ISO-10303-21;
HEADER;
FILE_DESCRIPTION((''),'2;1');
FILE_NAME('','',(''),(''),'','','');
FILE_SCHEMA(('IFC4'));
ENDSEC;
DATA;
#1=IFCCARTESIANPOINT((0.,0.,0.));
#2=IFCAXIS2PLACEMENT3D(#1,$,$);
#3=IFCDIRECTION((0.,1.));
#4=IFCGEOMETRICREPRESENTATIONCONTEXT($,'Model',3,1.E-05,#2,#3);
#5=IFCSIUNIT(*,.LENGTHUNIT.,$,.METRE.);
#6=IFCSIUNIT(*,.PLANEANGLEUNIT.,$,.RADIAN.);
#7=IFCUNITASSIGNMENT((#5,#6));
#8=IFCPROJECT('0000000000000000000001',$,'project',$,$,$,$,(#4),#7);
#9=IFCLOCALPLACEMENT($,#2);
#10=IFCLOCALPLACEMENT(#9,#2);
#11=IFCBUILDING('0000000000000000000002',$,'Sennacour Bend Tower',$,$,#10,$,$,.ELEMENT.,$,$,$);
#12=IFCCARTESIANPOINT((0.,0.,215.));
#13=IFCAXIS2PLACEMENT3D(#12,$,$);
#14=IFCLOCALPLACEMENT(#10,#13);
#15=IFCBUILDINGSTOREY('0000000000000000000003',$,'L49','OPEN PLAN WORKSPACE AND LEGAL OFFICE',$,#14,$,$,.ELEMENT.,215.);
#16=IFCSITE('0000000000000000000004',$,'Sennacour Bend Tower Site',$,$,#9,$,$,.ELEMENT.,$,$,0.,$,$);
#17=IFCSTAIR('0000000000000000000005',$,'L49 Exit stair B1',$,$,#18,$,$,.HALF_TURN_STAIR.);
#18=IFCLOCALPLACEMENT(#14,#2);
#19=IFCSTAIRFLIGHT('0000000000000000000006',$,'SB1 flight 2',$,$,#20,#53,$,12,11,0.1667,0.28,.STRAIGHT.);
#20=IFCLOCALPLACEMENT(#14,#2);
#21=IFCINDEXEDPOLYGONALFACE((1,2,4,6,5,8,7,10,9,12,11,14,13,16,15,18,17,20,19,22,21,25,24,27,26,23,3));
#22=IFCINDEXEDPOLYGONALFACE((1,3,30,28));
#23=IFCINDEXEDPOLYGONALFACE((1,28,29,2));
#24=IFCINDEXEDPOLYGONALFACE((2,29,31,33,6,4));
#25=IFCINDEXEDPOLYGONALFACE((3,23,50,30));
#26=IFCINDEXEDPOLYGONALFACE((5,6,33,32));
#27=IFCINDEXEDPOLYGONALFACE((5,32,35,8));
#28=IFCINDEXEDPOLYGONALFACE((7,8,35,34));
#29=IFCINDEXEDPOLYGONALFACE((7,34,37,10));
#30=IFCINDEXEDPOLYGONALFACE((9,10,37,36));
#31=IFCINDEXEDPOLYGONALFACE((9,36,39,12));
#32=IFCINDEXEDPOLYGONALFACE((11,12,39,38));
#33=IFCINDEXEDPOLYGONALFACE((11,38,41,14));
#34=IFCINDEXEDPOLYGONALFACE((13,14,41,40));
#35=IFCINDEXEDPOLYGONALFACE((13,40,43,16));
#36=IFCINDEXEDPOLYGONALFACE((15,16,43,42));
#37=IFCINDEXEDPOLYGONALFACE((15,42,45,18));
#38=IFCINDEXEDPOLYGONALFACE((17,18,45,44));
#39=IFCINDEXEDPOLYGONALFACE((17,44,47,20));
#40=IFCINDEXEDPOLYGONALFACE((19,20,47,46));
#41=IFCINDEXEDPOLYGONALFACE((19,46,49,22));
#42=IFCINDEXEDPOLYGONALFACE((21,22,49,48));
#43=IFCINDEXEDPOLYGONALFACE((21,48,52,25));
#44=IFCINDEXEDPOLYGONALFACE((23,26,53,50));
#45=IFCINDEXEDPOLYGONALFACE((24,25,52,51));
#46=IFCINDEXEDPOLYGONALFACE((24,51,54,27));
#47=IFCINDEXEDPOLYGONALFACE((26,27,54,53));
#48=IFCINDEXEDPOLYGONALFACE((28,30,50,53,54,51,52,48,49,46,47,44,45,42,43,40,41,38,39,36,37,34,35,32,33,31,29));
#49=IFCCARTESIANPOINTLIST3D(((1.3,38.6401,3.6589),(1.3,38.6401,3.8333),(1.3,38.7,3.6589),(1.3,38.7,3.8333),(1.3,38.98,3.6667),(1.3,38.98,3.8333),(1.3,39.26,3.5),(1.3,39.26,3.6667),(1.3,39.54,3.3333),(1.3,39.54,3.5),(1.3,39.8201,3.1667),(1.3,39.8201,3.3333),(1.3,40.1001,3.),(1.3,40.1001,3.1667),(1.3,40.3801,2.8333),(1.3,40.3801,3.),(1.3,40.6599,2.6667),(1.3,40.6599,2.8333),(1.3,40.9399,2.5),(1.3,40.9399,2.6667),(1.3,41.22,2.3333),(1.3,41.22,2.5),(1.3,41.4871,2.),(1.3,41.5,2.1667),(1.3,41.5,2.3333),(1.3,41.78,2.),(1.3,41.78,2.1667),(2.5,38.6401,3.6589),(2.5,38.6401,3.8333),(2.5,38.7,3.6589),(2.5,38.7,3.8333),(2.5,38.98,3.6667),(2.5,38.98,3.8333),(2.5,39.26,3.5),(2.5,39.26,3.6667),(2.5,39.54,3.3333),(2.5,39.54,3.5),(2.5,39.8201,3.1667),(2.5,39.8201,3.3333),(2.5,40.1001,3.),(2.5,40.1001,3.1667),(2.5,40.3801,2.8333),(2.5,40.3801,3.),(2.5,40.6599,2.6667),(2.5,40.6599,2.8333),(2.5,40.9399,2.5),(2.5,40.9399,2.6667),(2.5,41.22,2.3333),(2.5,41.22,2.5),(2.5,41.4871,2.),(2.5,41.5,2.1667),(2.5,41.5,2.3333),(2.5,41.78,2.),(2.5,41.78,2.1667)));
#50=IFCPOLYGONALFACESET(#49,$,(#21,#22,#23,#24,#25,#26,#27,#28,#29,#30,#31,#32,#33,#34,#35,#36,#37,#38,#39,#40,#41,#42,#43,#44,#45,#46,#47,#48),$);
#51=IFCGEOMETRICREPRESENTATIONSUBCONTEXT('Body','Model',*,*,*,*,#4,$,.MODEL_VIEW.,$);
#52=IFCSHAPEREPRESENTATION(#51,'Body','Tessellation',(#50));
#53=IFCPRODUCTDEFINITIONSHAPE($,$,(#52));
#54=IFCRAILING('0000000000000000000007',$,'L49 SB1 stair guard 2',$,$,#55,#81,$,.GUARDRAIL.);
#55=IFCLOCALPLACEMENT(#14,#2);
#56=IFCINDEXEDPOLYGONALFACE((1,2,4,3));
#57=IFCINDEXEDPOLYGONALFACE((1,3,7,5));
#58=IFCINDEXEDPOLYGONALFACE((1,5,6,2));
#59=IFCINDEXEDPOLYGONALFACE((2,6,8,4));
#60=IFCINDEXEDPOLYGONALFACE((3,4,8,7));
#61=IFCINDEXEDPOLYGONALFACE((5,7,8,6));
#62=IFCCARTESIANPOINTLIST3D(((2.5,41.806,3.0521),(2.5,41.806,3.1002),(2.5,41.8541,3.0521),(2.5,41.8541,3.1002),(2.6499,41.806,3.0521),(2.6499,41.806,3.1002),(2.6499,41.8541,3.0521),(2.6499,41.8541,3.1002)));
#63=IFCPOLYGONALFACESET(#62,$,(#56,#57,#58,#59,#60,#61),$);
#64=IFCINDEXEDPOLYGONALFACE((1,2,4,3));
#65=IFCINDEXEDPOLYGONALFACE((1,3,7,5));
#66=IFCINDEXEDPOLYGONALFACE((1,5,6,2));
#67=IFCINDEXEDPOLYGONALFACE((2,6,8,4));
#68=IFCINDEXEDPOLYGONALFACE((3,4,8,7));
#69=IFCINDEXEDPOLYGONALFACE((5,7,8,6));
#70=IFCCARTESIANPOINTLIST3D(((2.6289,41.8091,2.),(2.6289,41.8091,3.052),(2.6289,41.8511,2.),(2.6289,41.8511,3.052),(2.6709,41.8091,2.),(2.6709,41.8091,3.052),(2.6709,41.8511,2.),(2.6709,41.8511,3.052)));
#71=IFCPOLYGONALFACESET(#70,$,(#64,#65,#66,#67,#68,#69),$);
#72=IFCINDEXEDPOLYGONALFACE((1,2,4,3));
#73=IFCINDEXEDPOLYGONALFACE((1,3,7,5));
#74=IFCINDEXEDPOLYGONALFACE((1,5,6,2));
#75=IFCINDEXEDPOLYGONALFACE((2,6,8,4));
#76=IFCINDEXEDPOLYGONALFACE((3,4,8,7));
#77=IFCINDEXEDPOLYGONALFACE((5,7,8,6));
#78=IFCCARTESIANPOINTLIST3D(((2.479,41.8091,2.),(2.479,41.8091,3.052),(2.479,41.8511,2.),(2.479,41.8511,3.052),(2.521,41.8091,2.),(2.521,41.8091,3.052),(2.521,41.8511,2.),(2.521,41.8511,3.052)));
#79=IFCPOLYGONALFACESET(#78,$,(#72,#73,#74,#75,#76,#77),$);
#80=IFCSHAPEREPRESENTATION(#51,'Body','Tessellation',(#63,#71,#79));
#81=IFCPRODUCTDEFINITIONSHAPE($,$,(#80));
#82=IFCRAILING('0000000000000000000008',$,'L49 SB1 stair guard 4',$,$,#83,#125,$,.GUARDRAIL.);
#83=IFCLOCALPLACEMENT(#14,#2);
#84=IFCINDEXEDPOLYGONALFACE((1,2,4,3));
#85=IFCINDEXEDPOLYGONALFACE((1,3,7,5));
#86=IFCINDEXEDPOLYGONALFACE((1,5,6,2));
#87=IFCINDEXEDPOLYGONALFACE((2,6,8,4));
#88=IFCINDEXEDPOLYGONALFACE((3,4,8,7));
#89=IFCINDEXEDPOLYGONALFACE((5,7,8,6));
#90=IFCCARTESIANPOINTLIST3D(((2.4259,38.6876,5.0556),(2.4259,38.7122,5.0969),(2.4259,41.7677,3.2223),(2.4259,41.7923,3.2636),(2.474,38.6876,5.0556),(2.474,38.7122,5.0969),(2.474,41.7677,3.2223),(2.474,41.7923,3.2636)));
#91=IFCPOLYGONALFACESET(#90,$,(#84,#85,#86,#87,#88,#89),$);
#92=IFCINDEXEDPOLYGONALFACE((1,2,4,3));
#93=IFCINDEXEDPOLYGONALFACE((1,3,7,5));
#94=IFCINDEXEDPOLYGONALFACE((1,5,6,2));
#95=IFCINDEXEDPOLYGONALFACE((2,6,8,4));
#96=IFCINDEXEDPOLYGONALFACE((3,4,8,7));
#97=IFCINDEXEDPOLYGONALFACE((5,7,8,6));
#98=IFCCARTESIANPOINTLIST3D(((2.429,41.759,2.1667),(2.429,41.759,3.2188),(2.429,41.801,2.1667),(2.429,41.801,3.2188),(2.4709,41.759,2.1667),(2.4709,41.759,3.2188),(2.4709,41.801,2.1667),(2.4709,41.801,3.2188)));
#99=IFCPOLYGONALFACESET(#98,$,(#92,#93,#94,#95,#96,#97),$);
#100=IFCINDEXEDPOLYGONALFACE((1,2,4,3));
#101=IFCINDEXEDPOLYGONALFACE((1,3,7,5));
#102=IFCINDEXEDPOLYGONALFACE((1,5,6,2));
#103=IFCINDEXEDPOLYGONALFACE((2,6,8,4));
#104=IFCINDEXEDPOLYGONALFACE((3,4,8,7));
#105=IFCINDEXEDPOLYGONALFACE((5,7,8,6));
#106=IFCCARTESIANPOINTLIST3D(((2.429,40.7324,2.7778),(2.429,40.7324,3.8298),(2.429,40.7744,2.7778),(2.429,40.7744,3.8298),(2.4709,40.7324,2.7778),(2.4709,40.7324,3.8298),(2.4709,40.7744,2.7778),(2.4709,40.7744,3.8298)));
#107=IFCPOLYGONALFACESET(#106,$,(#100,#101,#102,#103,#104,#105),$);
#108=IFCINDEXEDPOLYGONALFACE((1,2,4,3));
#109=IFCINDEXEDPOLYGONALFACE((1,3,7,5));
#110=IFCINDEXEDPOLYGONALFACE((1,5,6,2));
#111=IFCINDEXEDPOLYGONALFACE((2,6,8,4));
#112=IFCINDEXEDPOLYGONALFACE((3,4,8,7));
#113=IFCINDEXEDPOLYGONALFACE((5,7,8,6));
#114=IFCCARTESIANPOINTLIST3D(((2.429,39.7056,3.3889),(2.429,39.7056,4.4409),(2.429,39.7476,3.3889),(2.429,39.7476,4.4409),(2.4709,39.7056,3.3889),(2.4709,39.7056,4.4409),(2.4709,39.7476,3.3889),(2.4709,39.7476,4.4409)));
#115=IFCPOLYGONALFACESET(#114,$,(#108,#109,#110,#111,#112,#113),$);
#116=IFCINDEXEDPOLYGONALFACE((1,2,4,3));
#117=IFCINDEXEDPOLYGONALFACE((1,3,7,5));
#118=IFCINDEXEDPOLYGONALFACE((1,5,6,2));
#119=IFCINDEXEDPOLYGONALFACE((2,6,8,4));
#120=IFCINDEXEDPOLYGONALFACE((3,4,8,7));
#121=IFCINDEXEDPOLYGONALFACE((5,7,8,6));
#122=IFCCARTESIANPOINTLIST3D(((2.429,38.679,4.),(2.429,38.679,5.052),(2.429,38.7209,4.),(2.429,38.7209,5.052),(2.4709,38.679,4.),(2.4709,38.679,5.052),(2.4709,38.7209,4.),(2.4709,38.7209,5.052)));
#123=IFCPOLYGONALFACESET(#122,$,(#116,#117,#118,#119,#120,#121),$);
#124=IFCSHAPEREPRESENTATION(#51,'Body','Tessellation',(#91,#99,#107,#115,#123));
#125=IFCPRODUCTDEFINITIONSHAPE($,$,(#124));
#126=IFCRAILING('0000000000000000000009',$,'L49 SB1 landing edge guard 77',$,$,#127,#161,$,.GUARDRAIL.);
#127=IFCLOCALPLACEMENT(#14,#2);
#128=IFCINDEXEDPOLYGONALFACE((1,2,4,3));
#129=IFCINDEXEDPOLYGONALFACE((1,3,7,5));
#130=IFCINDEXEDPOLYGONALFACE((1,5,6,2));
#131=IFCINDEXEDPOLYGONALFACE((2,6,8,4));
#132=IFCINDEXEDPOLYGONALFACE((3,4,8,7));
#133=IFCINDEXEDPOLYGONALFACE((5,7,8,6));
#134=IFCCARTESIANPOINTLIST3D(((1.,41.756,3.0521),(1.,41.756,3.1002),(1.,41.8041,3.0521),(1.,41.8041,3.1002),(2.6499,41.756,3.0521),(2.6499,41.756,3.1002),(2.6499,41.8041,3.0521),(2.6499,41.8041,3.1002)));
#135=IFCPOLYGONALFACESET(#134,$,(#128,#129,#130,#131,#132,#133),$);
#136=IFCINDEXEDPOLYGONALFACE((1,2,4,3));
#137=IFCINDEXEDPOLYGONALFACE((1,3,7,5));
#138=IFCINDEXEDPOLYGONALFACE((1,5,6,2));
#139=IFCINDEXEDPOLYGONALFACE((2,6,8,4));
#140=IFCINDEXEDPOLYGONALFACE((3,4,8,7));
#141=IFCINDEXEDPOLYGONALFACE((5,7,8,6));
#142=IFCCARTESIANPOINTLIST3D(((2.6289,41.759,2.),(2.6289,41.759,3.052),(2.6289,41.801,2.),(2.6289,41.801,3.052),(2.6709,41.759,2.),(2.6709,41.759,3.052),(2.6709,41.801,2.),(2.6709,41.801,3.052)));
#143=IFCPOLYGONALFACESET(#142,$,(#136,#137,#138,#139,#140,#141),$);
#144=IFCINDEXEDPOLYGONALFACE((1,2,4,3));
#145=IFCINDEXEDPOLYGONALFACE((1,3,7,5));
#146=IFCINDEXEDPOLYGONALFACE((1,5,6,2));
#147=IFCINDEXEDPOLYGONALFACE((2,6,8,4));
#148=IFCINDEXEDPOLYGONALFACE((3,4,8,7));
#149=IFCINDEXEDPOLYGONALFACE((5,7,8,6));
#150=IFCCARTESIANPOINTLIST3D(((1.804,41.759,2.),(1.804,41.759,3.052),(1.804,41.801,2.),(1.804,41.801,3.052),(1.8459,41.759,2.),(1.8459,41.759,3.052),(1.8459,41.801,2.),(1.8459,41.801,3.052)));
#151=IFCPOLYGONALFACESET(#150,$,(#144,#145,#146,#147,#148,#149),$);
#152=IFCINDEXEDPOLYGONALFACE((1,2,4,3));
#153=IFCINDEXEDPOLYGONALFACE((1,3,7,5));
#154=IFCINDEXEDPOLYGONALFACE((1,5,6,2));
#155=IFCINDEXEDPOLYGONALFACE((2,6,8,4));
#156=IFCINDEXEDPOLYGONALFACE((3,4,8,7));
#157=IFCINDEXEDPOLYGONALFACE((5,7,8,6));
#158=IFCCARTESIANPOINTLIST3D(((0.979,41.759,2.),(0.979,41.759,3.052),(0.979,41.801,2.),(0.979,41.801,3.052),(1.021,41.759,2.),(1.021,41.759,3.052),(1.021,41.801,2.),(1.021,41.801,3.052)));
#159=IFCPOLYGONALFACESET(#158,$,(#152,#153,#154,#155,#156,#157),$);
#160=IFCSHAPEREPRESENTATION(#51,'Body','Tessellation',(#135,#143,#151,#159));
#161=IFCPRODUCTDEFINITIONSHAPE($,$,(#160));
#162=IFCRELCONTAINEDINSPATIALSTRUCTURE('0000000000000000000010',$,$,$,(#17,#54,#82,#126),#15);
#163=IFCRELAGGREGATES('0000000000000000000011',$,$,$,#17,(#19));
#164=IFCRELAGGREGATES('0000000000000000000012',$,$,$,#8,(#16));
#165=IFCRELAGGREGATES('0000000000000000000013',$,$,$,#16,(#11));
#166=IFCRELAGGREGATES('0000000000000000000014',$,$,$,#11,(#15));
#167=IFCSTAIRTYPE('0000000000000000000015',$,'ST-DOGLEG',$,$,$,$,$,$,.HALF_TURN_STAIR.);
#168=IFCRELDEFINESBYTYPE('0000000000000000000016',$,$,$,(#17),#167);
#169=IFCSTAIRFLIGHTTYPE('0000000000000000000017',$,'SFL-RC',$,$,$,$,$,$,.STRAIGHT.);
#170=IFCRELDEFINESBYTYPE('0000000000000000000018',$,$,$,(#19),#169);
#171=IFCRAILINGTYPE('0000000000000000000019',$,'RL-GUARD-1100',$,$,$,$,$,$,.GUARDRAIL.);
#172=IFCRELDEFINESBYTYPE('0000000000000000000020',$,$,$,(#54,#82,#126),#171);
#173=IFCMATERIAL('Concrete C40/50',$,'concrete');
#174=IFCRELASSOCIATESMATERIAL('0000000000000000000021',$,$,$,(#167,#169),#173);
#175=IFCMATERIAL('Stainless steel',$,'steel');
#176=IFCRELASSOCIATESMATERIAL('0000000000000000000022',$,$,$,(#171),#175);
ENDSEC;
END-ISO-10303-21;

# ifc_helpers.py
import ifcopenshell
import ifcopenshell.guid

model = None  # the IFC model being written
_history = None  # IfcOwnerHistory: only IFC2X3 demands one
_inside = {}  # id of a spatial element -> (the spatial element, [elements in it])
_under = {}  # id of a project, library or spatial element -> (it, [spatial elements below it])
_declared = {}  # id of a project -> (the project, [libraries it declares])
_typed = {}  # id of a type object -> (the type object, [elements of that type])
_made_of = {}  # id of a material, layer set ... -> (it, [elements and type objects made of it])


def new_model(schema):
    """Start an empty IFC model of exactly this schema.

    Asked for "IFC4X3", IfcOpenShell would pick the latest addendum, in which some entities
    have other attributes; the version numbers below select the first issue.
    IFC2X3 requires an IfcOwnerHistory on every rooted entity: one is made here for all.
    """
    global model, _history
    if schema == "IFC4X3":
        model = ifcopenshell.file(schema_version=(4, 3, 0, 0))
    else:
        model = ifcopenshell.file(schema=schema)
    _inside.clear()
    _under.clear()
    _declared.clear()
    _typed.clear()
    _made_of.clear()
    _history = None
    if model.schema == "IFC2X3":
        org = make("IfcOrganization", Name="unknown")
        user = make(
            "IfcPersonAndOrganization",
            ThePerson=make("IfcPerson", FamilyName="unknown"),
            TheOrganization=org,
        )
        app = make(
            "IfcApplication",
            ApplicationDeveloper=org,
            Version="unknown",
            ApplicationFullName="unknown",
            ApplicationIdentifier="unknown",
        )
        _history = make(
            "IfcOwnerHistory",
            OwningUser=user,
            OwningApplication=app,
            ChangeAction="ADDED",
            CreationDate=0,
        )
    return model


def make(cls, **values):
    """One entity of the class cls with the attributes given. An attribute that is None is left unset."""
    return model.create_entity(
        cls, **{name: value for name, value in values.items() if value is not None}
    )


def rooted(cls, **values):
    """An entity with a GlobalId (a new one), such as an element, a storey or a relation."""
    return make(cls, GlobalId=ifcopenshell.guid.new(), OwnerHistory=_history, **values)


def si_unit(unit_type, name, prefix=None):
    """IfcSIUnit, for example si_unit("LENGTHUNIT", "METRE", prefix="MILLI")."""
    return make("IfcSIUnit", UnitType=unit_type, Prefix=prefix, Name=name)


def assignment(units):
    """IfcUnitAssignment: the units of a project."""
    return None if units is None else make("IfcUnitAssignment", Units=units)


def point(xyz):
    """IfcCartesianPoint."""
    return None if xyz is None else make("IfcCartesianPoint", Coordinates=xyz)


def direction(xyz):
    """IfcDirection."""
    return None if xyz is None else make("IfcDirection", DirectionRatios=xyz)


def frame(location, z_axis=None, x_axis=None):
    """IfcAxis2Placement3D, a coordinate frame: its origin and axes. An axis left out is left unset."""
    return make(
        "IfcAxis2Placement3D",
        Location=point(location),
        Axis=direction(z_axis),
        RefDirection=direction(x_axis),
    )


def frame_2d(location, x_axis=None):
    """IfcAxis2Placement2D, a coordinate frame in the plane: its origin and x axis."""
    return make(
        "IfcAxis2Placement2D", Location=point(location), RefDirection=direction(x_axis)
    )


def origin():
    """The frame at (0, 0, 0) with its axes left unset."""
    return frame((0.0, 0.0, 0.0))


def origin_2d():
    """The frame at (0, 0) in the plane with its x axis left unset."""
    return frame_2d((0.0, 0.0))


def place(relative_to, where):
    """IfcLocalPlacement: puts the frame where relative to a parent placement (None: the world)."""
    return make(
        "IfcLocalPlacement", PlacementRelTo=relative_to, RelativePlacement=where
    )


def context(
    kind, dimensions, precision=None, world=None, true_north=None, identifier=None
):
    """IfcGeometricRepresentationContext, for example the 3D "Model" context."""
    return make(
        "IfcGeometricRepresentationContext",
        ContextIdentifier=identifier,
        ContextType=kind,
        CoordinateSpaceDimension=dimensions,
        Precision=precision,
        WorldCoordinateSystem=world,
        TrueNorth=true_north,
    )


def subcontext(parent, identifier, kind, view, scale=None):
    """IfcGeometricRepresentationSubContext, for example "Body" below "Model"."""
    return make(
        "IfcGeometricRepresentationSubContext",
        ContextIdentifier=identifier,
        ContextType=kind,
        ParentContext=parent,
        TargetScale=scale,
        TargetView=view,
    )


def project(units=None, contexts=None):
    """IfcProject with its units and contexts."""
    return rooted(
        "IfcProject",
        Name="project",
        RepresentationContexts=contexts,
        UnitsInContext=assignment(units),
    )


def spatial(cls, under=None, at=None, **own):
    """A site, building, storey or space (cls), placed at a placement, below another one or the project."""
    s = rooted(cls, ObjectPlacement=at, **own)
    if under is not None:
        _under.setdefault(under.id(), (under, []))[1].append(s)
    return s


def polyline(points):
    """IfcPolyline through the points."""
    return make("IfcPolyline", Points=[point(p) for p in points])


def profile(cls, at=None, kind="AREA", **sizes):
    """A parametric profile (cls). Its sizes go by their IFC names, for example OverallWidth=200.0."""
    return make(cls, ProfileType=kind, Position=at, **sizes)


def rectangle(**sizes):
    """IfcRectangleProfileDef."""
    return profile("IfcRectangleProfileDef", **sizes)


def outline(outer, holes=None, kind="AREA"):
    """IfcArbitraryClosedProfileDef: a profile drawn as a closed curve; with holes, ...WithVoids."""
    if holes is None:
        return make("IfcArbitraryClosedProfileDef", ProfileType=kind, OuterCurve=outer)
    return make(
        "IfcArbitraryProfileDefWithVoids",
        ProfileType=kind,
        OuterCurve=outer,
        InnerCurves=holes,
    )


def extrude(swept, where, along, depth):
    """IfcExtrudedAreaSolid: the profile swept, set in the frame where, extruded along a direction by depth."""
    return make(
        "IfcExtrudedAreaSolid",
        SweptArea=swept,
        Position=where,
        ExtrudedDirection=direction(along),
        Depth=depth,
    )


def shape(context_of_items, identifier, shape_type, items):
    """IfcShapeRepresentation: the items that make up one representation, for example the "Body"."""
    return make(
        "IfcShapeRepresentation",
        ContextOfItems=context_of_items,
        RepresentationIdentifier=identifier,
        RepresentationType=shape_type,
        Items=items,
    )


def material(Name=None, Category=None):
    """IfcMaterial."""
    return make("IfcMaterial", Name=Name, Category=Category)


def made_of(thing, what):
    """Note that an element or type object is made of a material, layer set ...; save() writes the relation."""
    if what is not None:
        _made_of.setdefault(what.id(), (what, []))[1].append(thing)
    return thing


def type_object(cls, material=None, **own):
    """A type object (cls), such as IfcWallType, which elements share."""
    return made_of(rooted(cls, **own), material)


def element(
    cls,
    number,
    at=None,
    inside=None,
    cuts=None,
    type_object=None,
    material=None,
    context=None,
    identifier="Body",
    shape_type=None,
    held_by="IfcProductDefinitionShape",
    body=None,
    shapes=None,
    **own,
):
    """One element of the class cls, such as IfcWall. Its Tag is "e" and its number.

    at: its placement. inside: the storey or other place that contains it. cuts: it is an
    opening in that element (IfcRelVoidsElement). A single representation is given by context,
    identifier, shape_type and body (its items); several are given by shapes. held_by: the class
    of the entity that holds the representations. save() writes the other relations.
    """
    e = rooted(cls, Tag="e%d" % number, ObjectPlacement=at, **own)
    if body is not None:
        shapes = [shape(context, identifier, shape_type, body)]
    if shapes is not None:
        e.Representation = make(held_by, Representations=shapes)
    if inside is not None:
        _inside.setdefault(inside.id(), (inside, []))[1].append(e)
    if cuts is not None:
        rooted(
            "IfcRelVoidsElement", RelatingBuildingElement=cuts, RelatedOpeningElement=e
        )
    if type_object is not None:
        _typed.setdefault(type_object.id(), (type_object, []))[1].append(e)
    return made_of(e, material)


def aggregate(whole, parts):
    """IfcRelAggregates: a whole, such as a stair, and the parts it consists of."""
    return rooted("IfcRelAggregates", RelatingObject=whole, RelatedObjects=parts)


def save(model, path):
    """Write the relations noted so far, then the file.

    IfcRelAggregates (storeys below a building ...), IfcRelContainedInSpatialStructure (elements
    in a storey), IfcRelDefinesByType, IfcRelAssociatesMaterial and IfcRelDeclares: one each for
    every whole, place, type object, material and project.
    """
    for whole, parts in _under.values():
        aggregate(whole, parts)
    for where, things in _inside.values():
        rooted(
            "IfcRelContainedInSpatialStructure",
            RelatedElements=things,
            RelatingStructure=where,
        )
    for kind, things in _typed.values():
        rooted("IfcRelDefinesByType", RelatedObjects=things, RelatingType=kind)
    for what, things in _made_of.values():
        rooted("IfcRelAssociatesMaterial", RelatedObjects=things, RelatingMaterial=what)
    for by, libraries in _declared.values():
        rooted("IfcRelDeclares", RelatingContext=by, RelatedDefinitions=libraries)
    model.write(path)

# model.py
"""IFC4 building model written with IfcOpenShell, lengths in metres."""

from ifc_helpers import new_model, si_unit, direction, frame, origin, origin_2d, place, context, subcontext, project, spatial, polyline, rectangle, outline, extrude, material, type_object, element, aggregate, save


model = new_model("IFC4")

# Units and contexts
model_context = context("Model", 3, precision=1e-05, world=origin(), true_north=direction((0.0, 1.0)))
body_context = subcontext(model_context, "Body", "Model", "MODEL_VIEW")
ifc_project = project(units=[si_unit("LENGTHUNIT", "METRE"), si_unit("PLANEANGLEUNIT", "RADIAN")], contexts=[model_context])

# Site, building, storey
site_placement = place(None, origin())
site = spatial("IfcSite", under=ifc_project, at=site_placement, Name="Sennacour Bend Tower Site", CompositionType="ELEMENT", RefElevation=0.0)
building_placement = place(site_placement, origin())
building = spatial("IfcBuilding", under=site, at=building_placement, Name="Sennacour Bend Tower", CompositionType="ELEMENT")
storey_placement = place(building_placement, frame((0.0, 0.0, 215.0)))
storey = spatial("IfcBuildingStorey", under=building, at=storey_placement, Name="L49", Description="OPEN PLAN WORKSPACE AND LEGAL OFFICE", CompositionType="ELEMENT", Elevation=215.0)

# Stair, stair flight
ifc_material_1 = material(Name="Concrete C40/50", Category="concrete")
stair_type = type_object("IfcStairType", Name="ST-DOGLEG", PredefinedType="HALF_TURN_STAIR", material=ifc_material_1)
stair_placement = place(storey_placement, origin())
stair = element("IfcStair", 1, at=stair_placement, inside=storey, type_object=stair_type, Name="L49 Exit stair B1", PredefinedType="HALF_TURN_STAIR")
stair_flight_type = type_object("IfcStairFlightType", Name="SFL-RC", PredefinedType="STRAIGHT", material=ifc_material_1)
stair_flight_placement = place(storey_placement, frame((1.8999, 41.78, 2.0), z_axis=(0.0, 0.0, 1.0), x_axis=(0.0, -1.0, 0.0)))
stair_flight = element("IfcStairFlight", 2, at=stair_flight_placement, type_object=stair_flight_type, Name="SB1 flight 2", NumberOfRisers=12, NumberOfTreads=11, PredefinedType="STRAIGHT", RiserHeight=0.1667, TreadLength=0.28, context=body_context, shape_type="SweptSolid", body=[
    extrude(outline(polyline([(0.0, 0.0), (0.0, 0.1667), (0.28, 0.1667), (0.28, 0.3333), (0.5601, 0.3333), (0.5601, 0.5), (0.8401, 0.5), (0.8401, 0.6667), (1.1201, 0.6667), (1.1201, 0.8333), (1.3999, 0.8333), (1.3999, 1.0), (1.6799, 1.0), (1.6799, 1.1667), (1.96, 1.1667), (1.96, 1.3333), (2.24, 1.3333), (2.24, 1.5), (2.52, 1.5), (2.52, 1.6667), (2.8, 1.6667), (2.8, 1.8333), (3.0801, 1.8333), (3.1399, 1.8333), (3.1399, 1.6589), (3.0801, 1.6589), (0.293, 0.0), (0.0, 0.0)])), frame((0.0, 0.6001, 0.0), z_axis=(0.0, -1.0, 0.0), x_axis=(1.0, 0.0, 0.0)), (0.0, 0.0, 1.0), 1.2),
])
aggregate(stair, [stair_flight])

# Railings
ifc_material_2 = material(Name="Stainless steel", Category="steel")
railing_type = type_object("IfcRailingType", Name="RL-GUARD-1100", PredefinedType="GUARDRAIL", material=ifc_material_2)
railing_1_placement = place(storey_placement, frame((2.6499, 41.8301, 2.0)))
element("IfcRailing", 3, at=railing_1_placement, inside=storey, type_object=railing_type, Name="L49 SB1 stair guard 2", PredefinedType="GUARDRAIL", context=body_context, shape_type="SweptSolid", body=[
    extrude(rectangle(XDim=0.0481, YDim=0.0481, at=origin_2d()), frame((0.0, 0.0, 1.0762), z_axis=(-1.0, 0.0, 0.0), x_axis=(0.0, -1.0, 0.0)), (0.0, 0.0, 1.0), 0.1499),
    extrude(rectangle(XDim=0.042, YDim=0.042, at=origin_2d()), origin(), (0.0, 0.0, 1.0), 1.052),
    extrude(rectangle(XDim=0.042, YDim=0.042, at=origin_2d()), frame((-0.1499, 0.0, 0.0)), (0.0, 0.0, 1.0), 1.052),
])
railing_2_placement = place(storey_placement, frame((2.45, 41.78, 2.1667)))
element("IfcRailing", 4, at=railing_2_placement, inside=storey, type_object=railing_type, Name="L49 SB1 stair guard 4", PredefinedType="GUARDRAIL", context=body_context, shape_type="SweptSolid", body=[
    extrude(rectangle(XDim=0.0481, YDim=0.0481, at=origin_2d()), frame((0.0, 0.0, 1.0762), z_axis=(0.0, -0.859309, 0.511458), x_axis=(1.0, 0.0, 0.0)), (0.0, 0.0, 1.0), 3.5845),
    extrude(rectangle(XDim=0.042, YDim=0.042, at=origin_2d()), origin(), (0.0, 0.0, 1.0), 1.052),
    extrude(rectangle(XDim=0.042, YDim=0.042, at=origin_2d()), frame((0.0, -1.0266, 0.6111)), (0.0, 0.0, 1.0), 1.052),
    extrude(rectangle(XDim=0.042, YDim=0.042, at=origin_2d()), frame((0.0, -2.0535, 1.2222)), (0.0, 0.0, 1.0), 1.052),
    extrude(rectangle(XDim=0.042, YDim=0.042, at=origin_2d()), frame((0.0, -3.0801, 1.8333)), (0.0, 0.0, 1.0), 1.052),
])
railing_3_placement = place(storey_placement, frame((2.6499, 41.78, 2.0)))
element("IfcRailing", 5, at=railing_3_placement, inside=storey, type_object=railing_type, Name="L49 SB1 landing edge guard 77", PredefinedType="GUARDRAIL", context=body_context, shape_type="SweptSolid", body=[
    extrude(rectangle(XDim=0.0481, YDim=0.0481, at=origin_2d()), frame((0.0, 0.0, 1.0762), z_axis=(-1.0, 0.0, 0.0), x_axis=(0.0, -1.0, 0.0)), (0.0, 0.0, 1.0), 1.6499),
    extrude(rectangle(XDim=0.042, YDim=0.042, at=origin_2d()), origin(), (0.0, 0.0, 1.0), 1.052),
    extrude(rectangle(XDim=0.042, YDim=0.042, at=origin_2d()), frame((-0.825, 0.0, 0.0)), (0.0, 0.0, 1.0), 1.052),
    extrude(rectangle(XDim=0.042, YDim=0.042, at=origin_2d()), frame((-1.6499, 0.0, 0.0)), (0.0, 0.0, 1.0), 1.052),
])

save(model, "model.ifc")
